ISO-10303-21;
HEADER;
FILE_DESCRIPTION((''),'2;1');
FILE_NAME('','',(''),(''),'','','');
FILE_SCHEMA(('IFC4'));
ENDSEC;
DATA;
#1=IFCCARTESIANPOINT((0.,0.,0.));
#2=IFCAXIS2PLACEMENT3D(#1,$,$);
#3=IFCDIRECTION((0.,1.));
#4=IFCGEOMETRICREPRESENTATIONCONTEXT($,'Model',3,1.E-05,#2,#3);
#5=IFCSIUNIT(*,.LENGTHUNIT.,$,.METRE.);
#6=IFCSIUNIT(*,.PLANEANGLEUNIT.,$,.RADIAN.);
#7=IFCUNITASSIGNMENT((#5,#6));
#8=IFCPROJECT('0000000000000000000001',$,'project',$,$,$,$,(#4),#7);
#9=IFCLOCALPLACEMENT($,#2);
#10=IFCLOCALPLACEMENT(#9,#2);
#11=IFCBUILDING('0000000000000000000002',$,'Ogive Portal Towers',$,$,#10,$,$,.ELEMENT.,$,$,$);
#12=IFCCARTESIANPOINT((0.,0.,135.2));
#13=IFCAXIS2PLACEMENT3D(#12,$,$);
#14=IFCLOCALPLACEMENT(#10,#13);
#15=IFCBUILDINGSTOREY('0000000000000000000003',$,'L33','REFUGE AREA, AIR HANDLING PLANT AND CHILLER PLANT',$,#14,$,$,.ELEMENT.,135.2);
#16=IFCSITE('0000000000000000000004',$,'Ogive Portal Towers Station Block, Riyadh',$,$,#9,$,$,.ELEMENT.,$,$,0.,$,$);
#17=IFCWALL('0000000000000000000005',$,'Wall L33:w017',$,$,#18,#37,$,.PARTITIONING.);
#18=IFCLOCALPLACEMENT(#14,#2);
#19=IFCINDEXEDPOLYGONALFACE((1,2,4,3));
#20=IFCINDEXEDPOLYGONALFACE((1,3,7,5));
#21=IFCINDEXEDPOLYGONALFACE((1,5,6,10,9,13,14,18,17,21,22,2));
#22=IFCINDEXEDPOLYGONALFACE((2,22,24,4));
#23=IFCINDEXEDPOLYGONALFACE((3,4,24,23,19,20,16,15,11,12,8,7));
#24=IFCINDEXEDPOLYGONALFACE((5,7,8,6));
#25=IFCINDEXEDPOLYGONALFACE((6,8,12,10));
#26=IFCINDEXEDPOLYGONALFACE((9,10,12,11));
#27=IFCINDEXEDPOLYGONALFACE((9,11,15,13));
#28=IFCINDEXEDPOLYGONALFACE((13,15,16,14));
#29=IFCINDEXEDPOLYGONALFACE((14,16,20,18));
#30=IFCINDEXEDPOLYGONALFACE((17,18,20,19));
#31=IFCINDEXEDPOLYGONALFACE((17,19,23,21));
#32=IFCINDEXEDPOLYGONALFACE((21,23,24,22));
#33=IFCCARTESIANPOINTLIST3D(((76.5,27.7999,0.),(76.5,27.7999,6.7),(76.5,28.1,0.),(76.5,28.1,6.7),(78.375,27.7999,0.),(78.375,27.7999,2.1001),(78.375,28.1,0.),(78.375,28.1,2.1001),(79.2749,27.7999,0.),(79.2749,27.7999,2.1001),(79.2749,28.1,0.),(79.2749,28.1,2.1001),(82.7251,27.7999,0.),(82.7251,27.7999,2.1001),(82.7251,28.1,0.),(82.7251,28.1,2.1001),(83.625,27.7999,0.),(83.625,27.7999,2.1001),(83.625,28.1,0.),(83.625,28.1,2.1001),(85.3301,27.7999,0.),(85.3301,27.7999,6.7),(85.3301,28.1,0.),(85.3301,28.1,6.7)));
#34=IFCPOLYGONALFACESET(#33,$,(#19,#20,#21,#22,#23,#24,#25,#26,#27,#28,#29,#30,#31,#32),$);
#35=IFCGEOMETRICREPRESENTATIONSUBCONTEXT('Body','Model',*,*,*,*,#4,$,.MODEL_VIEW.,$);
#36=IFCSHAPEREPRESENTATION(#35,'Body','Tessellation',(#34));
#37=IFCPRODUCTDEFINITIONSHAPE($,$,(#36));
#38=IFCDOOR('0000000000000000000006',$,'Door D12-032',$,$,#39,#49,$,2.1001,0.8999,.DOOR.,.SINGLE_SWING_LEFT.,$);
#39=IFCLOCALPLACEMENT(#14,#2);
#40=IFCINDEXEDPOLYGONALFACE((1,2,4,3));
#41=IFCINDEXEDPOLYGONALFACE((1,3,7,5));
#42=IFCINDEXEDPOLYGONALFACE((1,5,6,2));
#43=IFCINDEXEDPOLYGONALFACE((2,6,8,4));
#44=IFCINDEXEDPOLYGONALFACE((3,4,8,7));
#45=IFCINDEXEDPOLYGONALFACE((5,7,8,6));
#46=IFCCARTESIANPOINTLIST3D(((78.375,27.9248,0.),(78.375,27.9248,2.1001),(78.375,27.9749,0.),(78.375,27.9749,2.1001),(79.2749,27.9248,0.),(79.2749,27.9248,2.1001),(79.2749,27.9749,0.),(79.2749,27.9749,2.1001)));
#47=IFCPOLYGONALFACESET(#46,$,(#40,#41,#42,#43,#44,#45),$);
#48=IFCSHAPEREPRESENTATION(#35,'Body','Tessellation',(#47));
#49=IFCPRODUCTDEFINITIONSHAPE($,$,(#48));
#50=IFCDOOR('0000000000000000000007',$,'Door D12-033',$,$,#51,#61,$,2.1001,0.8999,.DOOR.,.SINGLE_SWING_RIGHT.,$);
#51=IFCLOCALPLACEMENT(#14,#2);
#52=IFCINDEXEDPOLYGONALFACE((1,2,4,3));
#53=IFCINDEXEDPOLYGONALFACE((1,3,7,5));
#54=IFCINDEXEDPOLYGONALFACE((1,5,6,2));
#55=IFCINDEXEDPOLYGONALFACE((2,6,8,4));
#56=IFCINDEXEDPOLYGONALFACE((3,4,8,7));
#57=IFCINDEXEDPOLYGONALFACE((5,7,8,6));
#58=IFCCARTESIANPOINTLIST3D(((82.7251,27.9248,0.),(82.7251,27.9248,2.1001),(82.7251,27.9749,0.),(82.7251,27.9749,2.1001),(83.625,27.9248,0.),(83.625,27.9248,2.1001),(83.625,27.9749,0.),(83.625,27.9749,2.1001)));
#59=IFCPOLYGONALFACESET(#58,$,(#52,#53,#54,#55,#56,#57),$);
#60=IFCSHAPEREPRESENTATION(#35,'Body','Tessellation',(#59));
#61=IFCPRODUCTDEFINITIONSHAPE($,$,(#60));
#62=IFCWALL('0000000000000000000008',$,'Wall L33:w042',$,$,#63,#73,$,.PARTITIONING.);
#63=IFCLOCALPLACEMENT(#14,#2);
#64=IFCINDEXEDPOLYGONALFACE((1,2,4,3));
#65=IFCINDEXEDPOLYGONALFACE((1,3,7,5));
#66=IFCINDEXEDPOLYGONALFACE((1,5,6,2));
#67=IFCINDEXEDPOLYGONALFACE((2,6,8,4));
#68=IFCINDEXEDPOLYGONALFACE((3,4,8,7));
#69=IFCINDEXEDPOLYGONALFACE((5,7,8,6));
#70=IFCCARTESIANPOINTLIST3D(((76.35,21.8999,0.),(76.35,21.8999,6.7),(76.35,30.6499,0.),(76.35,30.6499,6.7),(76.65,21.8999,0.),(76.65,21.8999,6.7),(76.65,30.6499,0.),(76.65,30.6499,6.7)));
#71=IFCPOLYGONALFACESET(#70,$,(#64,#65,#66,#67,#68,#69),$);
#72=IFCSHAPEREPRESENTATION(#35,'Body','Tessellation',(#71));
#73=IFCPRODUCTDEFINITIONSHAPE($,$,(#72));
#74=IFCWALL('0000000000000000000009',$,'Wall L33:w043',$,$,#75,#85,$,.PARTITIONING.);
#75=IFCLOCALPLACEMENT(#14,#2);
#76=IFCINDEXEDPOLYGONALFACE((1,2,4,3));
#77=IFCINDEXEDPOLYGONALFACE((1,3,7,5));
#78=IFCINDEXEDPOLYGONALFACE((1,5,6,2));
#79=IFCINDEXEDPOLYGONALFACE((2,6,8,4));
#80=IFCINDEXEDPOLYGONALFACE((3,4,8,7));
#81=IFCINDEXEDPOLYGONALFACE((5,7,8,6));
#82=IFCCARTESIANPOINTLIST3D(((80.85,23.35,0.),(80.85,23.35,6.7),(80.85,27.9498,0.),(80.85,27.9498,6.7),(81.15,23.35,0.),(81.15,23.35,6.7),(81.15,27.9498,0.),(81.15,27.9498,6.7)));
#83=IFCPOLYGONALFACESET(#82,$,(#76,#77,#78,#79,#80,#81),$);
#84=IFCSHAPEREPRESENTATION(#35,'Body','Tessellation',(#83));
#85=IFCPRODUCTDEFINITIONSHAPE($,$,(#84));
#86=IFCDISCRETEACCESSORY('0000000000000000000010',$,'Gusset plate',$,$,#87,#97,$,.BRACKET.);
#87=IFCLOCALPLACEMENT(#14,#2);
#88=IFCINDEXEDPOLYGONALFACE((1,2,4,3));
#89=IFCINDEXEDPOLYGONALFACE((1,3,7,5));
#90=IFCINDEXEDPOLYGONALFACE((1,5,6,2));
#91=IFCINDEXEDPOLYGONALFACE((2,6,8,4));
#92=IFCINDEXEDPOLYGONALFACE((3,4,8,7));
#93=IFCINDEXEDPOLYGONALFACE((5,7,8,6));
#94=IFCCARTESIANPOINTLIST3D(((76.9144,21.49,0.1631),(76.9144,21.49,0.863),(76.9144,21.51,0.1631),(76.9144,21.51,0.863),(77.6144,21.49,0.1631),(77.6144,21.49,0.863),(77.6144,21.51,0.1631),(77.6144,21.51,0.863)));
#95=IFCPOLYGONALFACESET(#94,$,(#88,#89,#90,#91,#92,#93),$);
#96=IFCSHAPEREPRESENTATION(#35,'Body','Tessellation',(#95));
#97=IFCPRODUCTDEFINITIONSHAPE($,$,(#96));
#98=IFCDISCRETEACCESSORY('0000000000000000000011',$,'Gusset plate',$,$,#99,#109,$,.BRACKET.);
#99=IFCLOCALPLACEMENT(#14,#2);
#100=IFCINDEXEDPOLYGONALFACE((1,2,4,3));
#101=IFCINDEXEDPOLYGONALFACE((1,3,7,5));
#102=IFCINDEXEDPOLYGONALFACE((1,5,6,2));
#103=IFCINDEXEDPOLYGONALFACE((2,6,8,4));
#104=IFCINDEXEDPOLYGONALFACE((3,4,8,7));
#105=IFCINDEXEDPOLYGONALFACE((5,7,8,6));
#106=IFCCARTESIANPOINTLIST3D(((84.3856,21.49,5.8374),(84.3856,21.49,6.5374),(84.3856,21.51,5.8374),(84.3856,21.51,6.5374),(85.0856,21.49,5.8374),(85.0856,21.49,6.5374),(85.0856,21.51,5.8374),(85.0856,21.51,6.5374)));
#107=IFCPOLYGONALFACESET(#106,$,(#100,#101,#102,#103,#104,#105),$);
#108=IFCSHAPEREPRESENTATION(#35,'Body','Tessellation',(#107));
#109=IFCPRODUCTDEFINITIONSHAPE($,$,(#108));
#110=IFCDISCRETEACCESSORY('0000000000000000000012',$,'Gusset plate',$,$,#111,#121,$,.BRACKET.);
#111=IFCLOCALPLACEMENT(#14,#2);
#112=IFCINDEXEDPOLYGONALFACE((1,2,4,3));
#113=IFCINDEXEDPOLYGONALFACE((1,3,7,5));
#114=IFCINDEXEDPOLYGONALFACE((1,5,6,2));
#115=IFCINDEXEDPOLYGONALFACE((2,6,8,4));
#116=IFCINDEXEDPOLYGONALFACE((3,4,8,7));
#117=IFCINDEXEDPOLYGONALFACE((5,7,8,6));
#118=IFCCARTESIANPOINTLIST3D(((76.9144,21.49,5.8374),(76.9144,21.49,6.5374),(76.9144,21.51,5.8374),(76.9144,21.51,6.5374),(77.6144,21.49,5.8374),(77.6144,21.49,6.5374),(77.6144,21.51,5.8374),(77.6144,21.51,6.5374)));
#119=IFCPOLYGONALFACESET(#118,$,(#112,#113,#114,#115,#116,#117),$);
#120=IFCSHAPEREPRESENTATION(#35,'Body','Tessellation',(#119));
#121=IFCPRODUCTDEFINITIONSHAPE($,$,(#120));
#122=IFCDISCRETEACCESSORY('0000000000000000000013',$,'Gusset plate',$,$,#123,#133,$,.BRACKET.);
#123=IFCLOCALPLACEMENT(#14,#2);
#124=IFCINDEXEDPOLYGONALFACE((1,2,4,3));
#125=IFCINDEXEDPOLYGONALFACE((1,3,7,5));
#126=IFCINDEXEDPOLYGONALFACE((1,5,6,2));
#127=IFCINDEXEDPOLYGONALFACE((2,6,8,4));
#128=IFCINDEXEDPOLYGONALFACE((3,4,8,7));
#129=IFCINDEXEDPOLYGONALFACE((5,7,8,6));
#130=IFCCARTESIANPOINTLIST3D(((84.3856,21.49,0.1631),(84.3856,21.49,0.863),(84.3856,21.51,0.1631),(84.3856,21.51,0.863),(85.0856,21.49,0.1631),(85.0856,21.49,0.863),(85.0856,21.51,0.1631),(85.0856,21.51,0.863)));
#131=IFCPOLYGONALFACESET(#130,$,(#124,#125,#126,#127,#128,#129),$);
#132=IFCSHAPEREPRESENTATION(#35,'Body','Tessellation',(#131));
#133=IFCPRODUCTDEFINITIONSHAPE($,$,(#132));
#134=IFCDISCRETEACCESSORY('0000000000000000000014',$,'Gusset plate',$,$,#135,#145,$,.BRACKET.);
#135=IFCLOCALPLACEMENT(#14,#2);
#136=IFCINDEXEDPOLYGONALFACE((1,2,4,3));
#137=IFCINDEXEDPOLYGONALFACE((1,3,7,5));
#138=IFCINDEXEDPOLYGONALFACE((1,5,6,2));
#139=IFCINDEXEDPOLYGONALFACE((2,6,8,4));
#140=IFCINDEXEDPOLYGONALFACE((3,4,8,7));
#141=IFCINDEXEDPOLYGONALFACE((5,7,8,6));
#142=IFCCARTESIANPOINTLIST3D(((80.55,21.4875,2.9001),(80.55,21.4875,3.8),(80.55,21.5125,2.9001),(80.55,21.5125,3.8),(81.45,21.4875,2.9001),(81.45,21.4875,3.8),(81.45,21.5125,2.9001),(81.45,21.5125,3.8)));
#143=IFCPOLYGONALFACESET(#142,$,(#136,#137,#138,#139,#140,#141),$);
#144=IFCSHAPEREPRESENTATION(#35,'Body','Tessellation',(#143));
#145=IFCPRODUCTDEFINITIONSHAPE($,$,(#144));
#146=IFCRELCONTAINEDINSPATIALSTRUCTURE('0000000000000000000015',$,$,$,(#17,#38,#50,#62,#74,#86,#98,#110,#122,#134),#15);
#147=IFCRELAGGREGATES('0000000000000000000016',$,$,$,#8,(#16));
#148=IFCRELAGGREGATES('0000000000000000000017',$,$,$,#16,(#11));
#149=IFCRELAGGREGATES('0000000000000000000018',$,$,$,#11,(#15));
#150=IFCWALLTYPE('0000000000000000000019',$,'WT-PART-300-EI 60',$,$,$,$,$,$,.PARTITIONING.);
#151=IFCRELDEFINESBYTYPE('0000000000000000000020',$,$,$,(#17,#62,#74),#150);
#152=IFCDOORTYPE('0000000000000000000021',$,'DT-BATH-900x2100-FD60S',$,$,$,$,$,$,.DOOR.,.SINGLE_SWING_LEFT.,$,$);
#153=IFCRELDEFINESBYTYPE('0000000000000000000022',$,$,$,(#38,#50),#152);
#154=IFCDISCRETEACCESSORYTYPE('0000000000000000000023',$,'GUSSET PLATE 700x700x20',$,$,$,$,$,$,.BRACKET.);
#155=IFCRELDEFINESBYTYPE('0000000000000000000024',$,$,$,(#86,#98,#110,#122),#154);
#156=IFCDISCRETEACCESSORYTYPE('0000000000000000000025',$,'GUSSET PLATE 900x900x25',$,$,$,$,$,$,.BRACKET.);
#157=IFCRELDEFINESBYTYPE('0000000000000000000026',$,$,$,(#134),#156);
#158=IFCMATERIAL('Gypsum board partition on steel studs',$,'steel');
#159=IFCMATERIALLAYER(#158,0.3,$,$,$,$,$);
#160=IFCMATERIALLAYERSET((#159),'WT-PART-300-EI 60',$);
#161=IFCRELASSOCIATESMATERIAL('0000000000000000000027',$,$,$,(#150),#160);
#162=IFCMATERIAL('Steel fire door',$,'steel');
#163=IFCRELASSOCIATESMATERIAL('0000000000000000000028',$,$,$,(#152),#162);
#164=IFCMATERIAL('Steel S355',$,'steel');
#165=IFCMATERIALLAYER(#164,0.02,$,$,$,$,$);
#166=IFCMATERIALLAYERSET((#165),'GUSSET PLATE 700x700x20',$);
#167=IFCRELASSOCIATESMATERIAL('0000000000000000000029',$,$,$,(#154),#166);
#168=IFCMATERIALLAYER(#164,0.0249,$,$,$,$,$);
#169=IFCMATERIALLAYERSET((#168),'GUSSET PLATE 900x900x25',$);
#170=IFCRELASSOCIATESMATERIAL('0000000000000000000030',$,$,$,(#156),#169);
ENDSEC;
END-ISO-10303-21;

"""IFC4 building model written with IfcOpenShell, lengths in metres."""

from ifc_helpers import new_model, si_unit, direction, frame, frame_2d, origin, origin_2d, place, context, subcontext, project, spatial, rectangle, extrude, material, layer, layer_set, type_object, element, fill, save


model = new_model("IFC4")

# Units and contexts
model_context = context("Model", 3, precision=1e-05, world=origin(), true_north=direction((0.0, 1.0)))
body_context = subcontext(model_context, "Body", "Model", "MODEL_VIEW")
ifc_project = project(units=[si_unit("LENGTHUNIT", "METRE"), si_unit("PLANEANGLEUNIT", "RADIAN")], contexts=[model_context])

# Site, building, storey
site_placement = place(None, origin())
site = spatial("IfcSite", under=ifc_project, at=site_placement, Name="Ogive Portal Towers Station Block, Riyadh", CompositionType="ELEMENT", RefElevation=0.0)
building_placement = place(site_placement, origin())
building = spatial("IfcBuilding", under=site, at=building_placement, Name="Ogive Portal Towers", CompositionType="ELEMENT")
storey_placement = place(building_placement, frame((0.0, 0.0, 135.2)))
storey = spatial("IfcBuildingStorey", under=building, at=storey_placement, Name="L33", Description="REFUGE AREA, AIR HANDLING PLANT AND CHILLER PLANT", CompositionType="ELEMENT", Elevation=135.2)

# Shared definitions
ifc_material_1 = material(Name="Steel S355", Category="steel")

# Shared definitions
ifc_material_2 = material(Name="Gypsum board partition on steel studs", Category="steel")
ifc_layer_1 = layer(ifc_material_2, 0.3)
ifc_layer_set_1 = layer_set([ifc_layer_1], Name="WT-PART-300-EI 60")
wall_type = type_object("IfcWallType", Name="WT-PART-300-EI 60", PredefinedType="PARTITIONING", material=ifc_layer_set_1)

# Wall, openings, doors
wall_1_placement = place(storey_placement, frame((76.5, 27.95, 0.0), z_axis=(0.0, 0.0, 1.0), x_axis=(1.0, 0.0, 0.0)))
wall_1 = element("IfcWall", 1, at=wall_1_placement, inside=storey, type_object=wall_type, Name="Wall L33:w017", PredefinedType="PARTITIONING", context=body_context, shape_type="SweptSolid", body=[
    extrude(rectangle(XDim=8.8301, YDim=0.3, at=frame_2d((4.415, 0.0))), origin(), (0.0, 0.0, 1.0), 6.7),
])
opening_1_placement = place(wall_1_placement, frame((1.875, 0.0, 0.0)))
opening_1 = element("IfcOpeningElement", 2, at=opening_1_placement, cuts=wall_1, PredefinedType="OPENING", context=body_context, shape_type="SweptSolid", body=[
    extrude(rectangle(XDim=0.8999, YDim=2.1001, at=frame_2d((0.45, 1.05))), frame((0.0, 0.1602, 0.0), z_axis=(0.0, -1.0, 0.0), x_axis=(1.0, 0.0, 0.0)), (0.0, 0.0, 1.0), 0.3201),
])
opening_2_placement = place(wall_1_placement, frame((6.2251, 0.0, 0.0)))
opening_2 = element("IfcOpeningElement", 3, at=opening_2_placement, cuts=wall_1, PredefinedType="OPENING", context=body_context, shape_type="SweptSolid", body=[
    extrude(rectangle(XDim=0.8999, YDim=2.1001, at=frame_2d((0.45, 1.05))), frame((0.0, 0.1602, 0.0), z_axis=(0.0, -1.0, 0.0), x_axis=(1.0, 0.0, 0.0)), (0.0, 0.0, 1.0), 0.3201),
])
ifc_material_3 = material(Name="Steel fire door", Category="steel")
door_type = type_object("IfcDoorType", Name="DT-BATH-900x2100-FD60S", OperationType="SINGLE_SWING_LEFT", PredefinedType="DOOR", material=ifc_material_3)
door_1_placement = place(opening_1_placement, origin())
door_1 = element("IfcDoor", 4, at=door_1_placement, inside=storey, type_object=door_type, Name="Door D12-032", OperationType="SINGLE_SWING_LEFT", OverallHeight=2.1001, OverallWidth=0.8999, PredefinedType="DOOR", context=body_context, shape_type="SweptSolid", body=[
    extrude(rectangle(XDim=0.8999, YDim=2.1001, at=frame_2d((0.45, 1.05))), frame((0.0, 0.0249, 0.0), z_axis=(0.0, -1.0, 0.0), x_axis=(1.0, 0.0, 0.0)), (0.0, 0.0, 1.0), 0.05),
])
fill(opening_1, door_1)
door_2_placement = place(opening_2_placement, origin())
door_2 = element("IfcDoor", 5, at=door_2_placement, inside=storey, type_object=door_type, Name="Door D12-033", OperationType="SINGLE_SWING_RIGHT", OverallHeight=2.1001, OverallWidth=0.8999, PredefinedType="DOOR", context=body_context, shape_type="SweptSolid", body=[
    extrude(rectangle(XDim=0.8999, YDim=2.1001, at=frame_2d((0.45, 1.05))), frame((0.0, 0.0249, 0.0), z_axis=(0.0, -1.0, 0.0), x_axis=(1.0, 0.0, 0.0)), (0.0, 0.0, 1.0), 0.05),
])
fill(opening_2, door_2)

# Walls
wall_2_placement = place(storey_placement, frame((76.5, 21.8999, 0.0), z_axis=(0.0, 0.0, 1.0), x_axis=(0.0, 1.0, 0.0)))
element("IfcWall", 6, at=wall_2_placement, inside=storey, type_object=wall_type, Name="Wall L33:w042", PredefinedType="PARTITIONING", context=body_context, shape_type="SweptSolid", body=[
    extrude(rectangle(XDim=8.75, YDim=0.3, at=frame_2d((4.375, 0.0))), origin(), (0.0, 0.0, 1.0), 6.7),
])
wall_3_placement = place(storey_placement, frame((81.0, 23.3501, 0.0), z_axis=(0.0, 0.0, 1.0), x_axis=(0.0, 1.0, 0.0)))
element("IfcWall", 7, at=wall_3_placement, inside=storey, type_object=wall_type, Name="Wall L33:w043", PredefinedType="PARTITIONING", context=body_context, shape_type="SweptSolid", body=[
    extrude(rectangle(XDim=4.5999, YDim=0.3, at=frame_2d((2.2998, 0.0))), origin(), (0.0, 0.0, 1.0), 6.7),
])

# Discrete accessories
ifc_layer_2 = layer(ifc_material_1, 0.02)
ifc_layer_set_2 = layer_set([ifc_layer_2], Name="GUSSET PLATE 700x700x20")
discrete_accessory_type_1 = type_object("IfcDiscreteAccessoryType", Name="GUSSET PLATE 700x700x20", PredefinedType="BRACKET", material=ifc_layer_set_2)
for number, where, z_axis, x_axis, name in (
    (8, (77.2644, 21.5, 0.1631), (0.0, 0.0, 1.0), (1.0, 0.0, 0.0), "Gusset plate"),
    (9, (84.7356, 21.5, 5.8374), (0.0, 0.0, 1.0), (1.0, 0.0, 0.0), "Gusset plate"),
    (10, (77.2644, 21.5, 5.8374), (0.0, 0.0, 1.0), (1.0, 0.0, 0.0), "Gusset plate"),
    (11, (84.7356, 21.5, 0.1631), (0.0, 0.0, 1.0), (1.0, 0.0, 0.0), "Gusset plate"),
):
    element("IfcDiscreteAccessory", number, at=place(storey_placement, frame(where, z_axis=z_axis, x_axis=x_axis)), inside=storey, type_object=discrete_accessory_type_1, Name=name, PredefinedType="BRACKET", context=body_context, shape_type="SweptSolid", body=[
        extrude(rectangle(XDim=0.7, YDim=0.02, at=origin_2d()), origin(), (0.0, 0.0, 1.0), 0.7),
    ])
ifc_layer_3 = layer(ifc_material_1, 0.0249)
ifc_layer_set_3 = layer_set([ifc_layer_3], Name="GUSSET PLATE 900x900x25")
discrete_accessory_type_2 = type_object("IfcDiscreteAccessoryType", Name="GUSSET PLATE 900x900x25", PredefinedType="BRACKET", material=ifc_layer_set_3)
discrete_accessory_placement = place(storey_placement, frame((81.0, 21.5, 2.9001), z_axis=(0.0, 0.0, 1.0), x_axis=(1.0, 0.0, 0.0)))
element("IfcDiscreteAccessory", 12, at=discrete_accessory_placement, inside=storey, type_object=discrete_accessory_type_2, Name="Gusset plate", PredefinedType="BRACKET", context=body_context, shape_type="SweptSolid", body=[
    extrude(rectangle(XDim=0.8999, YDim=0.0249, at=origin_2d()), origin(), (0.0, 0.0, 1.0), 0.8999),
])

save(model, "model.ifc")
